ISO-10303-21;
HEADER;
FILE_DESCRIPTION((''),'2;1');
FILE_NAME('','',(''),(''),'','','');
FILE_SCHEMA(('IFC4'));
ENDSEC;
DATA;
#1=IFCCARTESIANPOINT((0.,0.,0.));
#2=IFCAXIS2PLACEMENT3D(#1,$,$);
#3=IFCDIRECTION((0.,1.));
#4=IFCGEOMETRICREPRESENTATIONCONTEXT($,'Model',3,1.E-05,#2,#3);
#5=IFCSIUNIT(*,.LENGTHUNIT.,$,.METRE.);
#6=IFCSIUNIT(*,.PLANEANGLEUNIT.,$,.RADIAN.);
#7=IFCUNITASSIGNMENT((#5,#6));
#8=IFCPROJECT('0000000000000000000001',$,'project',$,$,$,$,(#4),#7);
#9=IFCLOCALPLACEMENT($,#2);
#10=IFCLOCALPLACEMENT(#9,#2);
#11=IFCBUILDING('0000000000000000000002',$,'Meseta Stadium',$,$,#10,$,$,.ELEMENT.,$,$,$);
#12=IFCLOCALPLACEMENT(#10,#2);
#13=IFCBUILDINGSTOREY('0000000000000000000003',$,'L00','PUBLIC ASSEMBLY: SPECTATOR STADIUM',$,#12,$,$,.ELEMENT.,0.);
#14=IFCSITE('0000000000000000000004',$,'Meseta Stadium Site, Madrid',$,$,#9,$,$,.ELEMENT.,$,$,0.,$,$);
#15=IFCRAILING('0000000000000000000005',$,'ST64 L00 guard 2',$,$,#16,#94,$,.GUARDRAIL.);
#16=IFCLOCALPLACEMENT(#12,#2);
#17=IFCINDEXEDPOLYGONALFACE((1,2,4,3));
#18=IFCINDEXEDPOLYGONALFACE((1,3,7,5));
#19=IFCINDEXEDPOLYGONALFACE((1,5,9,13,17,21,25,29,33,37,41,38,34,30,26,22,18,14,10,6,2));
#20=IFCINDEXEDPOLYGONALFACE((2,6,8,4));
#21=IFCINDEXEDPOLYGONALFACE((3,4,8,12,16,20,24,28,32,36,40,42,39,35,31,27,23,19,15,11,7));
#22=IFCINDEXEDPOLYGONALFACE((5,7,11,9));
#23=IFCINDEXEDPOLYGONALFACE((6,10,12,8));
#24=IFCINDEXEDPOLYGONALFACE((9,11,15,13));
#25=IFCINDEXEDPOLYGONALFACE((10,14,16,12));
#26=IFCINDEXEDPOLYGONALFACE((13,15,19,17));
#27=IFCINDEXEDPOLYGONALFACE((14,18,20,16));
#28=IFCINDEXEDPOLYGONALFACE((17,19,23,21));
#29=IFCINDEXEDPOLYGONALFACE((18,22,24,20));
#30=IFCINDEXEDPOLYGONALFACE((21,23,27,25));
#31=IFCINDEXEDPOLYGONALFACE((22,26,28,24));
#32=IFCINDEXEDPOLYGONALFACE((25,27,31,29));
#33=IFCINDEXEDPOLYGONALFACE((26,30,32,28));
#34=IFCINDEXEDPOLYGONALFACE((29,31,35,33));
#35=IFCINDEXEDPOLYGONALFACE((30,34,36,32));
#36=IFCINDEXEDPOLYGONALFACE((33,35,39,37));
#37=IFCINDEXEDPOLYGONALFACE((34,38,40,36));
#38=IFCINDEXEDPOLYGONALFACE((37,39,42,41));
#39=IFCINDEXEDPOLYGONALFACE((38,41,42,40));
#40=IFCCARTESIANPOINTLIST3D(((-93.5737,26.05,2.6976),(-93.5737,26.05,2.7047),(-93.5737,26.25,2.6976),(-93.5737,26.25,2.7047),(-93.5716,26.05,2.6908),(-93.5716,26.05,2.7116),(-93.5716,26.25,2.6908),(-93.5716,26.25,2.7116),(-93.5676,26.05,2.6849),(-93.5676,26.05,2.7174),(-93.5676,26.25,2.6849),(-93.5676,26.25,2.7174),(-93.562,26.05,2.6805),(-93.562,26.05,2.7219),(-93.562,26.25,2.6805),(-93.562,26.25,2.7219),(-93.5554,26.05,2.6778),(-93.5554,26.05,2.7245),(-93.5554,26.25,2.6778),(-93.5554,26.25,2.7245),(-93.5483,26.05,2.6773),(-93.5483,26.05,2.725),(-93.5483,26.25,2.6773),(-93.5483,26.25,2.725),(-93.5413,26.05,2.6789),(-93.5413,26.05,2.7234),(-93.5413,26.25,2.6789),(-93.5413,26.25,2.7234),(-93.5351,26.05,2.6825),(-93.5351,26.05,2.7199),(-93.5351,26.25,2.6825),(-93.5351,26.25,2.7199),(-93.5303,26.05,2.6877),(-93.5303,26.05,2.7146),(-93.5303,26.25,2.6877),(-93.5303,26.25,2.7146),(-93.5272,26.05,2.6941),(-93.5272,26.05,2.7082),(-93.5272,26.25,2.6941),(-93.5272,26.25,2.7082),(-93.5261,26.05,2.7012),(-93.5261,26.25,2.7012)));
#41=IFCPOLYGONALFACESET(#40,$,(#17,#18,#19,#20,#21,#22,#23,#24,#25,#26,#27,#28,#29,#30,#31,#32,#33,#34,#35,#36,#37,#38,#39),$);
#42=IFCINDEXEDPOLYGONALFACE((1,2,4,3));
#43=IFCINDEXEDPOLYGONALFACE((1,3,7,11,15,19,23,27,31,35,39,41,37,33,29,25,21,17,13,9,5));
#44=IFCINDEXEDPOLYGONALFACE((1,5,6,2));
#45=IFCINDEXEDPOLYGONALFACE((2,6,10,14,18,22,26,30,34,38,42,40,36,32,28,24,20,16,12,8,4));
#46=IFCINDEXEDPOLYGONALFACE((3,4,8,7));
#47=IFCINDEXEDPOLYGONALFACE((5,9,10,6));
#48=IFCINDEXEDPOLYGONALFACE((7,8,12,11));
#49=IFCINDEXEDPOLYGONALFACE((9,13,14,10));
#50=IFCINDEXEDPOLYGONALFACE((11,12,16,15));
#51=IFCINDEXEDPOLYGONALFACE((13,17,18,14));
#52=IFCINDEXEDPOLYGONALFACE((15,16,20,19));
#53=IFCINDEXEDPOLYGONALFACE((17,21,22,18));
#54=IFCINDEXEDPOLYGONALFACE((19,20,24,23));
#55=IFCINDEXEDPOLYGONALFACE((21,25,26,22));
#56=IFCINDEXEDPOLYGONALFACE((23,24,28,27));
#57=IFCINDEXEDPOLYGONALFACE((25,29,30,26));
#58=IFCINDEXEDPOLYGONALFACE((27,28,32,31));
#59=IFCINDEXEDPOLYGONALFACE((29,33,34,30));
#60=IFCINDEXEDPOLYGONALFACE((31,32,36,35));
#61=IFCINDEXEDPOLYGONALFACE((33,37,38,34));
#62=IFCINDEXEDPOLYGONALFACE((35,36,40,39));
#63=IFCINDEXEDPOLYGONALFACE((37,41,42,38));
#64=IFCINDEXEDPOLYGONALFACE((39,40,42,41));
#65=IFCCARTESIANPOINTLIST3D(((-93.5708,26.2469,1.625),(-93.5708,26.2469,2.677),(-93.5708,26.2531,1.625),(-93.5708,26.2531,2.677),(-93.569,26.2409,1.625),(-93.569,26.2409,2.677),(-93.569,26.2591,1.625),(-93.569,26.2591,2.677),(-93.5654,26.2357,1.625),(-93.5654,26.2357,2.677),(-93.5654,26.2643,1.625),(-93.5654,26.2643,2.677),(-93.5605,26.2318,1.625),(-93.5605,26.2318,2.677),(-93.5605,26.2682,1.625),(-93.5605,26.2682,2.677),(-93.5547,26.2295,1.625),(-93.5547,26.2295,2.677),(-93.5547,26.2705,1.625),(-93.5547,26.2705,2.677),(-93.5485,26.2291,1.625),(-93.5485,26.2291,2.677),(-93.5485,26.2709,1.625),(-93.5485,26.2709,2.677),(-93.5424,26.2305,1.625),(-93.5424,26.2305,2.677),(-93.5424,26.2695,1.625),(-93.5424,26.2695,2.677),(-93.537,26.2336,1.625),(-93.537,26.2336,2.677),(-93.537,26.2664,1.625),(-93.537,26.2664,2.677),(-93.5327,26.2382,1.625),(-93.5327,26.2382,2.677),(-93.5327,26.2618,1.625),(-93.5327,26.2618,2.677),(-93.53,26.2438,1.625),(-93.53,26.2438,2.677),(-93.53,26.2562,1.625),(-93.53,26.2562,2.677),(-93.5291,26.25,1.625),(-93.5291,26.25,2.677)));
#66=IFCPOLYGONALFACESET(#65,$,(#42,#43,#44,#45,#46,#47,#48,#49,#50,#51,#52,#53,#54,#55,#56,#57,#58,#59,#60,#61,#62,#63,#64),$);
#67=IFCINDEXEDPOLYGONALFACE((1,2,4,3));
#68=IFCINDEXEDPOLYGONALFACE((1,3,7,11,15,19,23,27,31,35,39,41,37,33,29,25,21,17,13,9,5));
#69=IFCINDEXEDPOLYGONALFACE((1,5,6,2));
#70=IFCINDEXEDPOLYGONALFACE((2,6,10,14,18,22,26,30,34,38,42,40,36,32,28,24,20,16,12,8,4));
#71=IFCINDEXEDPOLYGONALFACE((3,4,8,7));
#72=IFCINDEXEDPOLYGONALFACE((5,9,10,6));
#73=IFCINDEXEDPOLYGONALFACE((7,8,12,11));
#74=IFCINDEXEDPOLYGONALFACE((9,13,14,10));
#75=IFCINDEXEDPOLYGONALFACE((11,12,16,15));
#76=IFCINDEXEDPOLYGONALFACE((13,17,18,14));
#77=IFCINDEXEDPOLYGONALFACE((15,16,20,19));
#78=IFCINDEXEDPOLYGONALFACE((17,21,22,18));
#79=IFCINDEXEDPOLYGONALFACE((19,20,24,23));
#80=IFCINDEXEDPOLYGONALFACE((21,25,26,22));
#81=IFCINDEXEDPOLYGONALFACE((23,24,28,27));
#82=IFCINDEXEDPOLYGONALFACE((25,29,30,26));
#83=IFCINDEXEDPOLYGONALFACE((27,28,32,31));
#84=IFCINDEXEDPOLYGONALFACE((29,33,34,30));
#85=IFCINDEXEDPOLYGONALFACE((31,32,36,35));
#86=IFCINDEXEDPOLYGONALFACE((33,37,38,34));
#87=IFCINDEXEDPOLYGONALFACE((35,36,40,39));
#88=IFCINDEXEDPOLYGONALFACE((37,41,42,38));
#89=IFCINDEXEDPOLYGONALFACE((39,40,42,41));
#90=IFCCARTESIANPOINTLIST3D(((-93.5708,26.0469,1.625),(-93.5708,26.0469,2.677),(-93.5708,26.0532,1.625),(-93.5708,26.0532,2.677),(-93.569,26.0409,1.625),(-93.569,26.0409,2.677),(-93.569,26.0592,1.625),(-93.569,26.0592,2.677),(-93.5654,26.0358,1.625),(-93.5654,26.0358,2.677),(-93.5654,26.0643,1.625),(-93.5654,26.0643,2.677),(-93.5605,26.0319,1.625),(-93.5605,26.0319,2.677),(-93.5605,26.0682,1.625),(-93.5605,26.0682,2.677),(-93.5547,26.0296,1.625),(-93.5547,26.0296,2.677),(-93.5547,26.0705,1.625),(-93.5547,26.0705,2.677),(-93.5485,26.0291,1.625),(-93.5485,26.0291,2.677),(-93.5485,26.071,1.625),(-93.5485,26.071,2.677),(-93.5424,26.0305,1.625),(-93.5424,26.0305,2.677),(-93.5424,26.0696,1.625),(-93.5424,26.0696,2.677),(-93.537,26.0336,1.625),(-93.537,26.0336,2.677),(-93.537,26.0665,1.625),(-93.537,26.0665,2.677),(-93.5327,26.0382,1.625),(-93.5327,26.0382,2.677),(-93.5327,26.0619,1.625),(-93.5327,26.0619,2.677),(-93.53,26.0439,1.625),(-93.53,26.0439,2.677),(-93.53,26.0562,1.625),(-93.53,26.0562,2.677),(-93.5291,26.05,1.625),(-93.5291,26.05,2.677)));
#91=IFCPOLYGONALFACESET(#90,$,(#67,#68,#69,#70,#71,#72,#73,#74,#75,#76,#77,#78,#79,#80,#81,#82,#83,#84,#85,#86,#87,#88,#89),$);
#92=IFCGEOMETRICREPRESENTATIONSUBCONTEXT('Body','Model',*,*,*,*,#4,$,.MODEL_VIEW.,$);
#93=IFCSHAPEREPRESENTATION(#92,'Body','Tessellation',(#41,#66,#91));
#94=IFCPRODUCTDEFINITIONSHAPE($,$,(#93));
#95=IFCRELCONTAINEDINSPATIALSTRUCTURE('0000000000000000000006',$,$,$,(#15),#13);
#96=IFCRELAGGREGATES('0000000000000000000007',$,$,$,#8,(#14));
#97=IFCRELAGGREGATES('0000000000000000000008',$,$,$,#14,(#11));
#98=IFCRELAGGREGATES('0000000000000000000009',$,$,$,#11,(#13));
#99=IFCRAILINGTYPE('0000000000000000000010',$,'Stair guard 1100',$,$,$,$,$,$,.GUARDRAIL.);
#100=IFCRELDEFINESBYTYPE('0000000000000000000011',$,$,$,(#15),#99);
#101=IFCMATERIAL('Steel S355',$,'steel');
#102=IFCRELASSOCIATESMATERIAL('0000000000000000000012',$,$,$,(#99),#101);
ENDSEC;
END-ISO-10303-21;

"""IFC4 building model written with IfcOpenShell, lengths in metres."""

from ifc_helpers import new_model, si_unit, direction, frame, origin, origin_2d, place, context, subcontext, project, spatial, circle, extrude, material, type_object, element, save


model = new_model("IFC4")

# Units and contexts
model_context = context("Model", 3, precision=1e-05, world=origin(), true_north=direction((0.0, 1.0)))
body_context = subcontext(model_context, "Body", "Model", "MODEL_VIEW")
ifc_project = project(units=[si_unit("LENGTHUNIT", "METRE"), si_unit("PLANEANGLEUNIT", "RADIAN")], contexts=[model_context])

# Site, building, storey
site_placement = place(None, origin())
site = spatial("IfcSite", under=ifc_project, at=site_placement, Name="Meseta Stadium Site, Madrid", CompositionType="ELEMENT", RefElevation=0.0)
building_placement = place(site_placement, origin())
building = spatial("IfcBuilding", under=site, at=building_placement, Name="Meseta Stadium", CompositionType="ELEMENT")
storey_placement = place(building_placement, origin())
storey = spatial("IfcBuildingStorey", under=building, at=storey_placement, Name="L00", Description="PUBLIC ASSEMBLY: SPECTATOR STADIUM", CompositionType="ELEMENT", Elevation=0.0)

# Railing
ifc_material_1 = material(Name="Steel S355", Category="steel")
railing_type_1 = type_object("IfcRailingType", Name="Stair guard 1100", PredefinedType="GUARDRAIL", material=ifc_material_1)
railing_1_placement = place(storey_placement, frame((-93.55, 26.25, 1.625)))
element("IfcRailing", 1, at=railing_1_placement, inside=storey, type_object=railing_type_1, Name="ST64 L00 guard 2", PredefinedType="GUARDRAIL", context=body_context, shape_type="SweptSolid", body=[
    extrude(circle(Radius=0.0239, at=origin_2d()), frame((0.0, 0.0, 1.0762), z_axis=(0.0, -1.0, 0.0), x_axis=(1.0, 0.0, 0.0)), (0.0, 0.0, 1.0), 0.2),
    extrude(circle(Radius=0.021, at=origin_2d()), origin(), (0.0, 0.0, 1.0), 1.052),
    extrude(circle(Radius=0.021, at=origin_2d()), frame((0.0, -0.2, 0.0)), (0.0, 0.0, 1.0), 1.052),
])

save(model, "model.ifc")
